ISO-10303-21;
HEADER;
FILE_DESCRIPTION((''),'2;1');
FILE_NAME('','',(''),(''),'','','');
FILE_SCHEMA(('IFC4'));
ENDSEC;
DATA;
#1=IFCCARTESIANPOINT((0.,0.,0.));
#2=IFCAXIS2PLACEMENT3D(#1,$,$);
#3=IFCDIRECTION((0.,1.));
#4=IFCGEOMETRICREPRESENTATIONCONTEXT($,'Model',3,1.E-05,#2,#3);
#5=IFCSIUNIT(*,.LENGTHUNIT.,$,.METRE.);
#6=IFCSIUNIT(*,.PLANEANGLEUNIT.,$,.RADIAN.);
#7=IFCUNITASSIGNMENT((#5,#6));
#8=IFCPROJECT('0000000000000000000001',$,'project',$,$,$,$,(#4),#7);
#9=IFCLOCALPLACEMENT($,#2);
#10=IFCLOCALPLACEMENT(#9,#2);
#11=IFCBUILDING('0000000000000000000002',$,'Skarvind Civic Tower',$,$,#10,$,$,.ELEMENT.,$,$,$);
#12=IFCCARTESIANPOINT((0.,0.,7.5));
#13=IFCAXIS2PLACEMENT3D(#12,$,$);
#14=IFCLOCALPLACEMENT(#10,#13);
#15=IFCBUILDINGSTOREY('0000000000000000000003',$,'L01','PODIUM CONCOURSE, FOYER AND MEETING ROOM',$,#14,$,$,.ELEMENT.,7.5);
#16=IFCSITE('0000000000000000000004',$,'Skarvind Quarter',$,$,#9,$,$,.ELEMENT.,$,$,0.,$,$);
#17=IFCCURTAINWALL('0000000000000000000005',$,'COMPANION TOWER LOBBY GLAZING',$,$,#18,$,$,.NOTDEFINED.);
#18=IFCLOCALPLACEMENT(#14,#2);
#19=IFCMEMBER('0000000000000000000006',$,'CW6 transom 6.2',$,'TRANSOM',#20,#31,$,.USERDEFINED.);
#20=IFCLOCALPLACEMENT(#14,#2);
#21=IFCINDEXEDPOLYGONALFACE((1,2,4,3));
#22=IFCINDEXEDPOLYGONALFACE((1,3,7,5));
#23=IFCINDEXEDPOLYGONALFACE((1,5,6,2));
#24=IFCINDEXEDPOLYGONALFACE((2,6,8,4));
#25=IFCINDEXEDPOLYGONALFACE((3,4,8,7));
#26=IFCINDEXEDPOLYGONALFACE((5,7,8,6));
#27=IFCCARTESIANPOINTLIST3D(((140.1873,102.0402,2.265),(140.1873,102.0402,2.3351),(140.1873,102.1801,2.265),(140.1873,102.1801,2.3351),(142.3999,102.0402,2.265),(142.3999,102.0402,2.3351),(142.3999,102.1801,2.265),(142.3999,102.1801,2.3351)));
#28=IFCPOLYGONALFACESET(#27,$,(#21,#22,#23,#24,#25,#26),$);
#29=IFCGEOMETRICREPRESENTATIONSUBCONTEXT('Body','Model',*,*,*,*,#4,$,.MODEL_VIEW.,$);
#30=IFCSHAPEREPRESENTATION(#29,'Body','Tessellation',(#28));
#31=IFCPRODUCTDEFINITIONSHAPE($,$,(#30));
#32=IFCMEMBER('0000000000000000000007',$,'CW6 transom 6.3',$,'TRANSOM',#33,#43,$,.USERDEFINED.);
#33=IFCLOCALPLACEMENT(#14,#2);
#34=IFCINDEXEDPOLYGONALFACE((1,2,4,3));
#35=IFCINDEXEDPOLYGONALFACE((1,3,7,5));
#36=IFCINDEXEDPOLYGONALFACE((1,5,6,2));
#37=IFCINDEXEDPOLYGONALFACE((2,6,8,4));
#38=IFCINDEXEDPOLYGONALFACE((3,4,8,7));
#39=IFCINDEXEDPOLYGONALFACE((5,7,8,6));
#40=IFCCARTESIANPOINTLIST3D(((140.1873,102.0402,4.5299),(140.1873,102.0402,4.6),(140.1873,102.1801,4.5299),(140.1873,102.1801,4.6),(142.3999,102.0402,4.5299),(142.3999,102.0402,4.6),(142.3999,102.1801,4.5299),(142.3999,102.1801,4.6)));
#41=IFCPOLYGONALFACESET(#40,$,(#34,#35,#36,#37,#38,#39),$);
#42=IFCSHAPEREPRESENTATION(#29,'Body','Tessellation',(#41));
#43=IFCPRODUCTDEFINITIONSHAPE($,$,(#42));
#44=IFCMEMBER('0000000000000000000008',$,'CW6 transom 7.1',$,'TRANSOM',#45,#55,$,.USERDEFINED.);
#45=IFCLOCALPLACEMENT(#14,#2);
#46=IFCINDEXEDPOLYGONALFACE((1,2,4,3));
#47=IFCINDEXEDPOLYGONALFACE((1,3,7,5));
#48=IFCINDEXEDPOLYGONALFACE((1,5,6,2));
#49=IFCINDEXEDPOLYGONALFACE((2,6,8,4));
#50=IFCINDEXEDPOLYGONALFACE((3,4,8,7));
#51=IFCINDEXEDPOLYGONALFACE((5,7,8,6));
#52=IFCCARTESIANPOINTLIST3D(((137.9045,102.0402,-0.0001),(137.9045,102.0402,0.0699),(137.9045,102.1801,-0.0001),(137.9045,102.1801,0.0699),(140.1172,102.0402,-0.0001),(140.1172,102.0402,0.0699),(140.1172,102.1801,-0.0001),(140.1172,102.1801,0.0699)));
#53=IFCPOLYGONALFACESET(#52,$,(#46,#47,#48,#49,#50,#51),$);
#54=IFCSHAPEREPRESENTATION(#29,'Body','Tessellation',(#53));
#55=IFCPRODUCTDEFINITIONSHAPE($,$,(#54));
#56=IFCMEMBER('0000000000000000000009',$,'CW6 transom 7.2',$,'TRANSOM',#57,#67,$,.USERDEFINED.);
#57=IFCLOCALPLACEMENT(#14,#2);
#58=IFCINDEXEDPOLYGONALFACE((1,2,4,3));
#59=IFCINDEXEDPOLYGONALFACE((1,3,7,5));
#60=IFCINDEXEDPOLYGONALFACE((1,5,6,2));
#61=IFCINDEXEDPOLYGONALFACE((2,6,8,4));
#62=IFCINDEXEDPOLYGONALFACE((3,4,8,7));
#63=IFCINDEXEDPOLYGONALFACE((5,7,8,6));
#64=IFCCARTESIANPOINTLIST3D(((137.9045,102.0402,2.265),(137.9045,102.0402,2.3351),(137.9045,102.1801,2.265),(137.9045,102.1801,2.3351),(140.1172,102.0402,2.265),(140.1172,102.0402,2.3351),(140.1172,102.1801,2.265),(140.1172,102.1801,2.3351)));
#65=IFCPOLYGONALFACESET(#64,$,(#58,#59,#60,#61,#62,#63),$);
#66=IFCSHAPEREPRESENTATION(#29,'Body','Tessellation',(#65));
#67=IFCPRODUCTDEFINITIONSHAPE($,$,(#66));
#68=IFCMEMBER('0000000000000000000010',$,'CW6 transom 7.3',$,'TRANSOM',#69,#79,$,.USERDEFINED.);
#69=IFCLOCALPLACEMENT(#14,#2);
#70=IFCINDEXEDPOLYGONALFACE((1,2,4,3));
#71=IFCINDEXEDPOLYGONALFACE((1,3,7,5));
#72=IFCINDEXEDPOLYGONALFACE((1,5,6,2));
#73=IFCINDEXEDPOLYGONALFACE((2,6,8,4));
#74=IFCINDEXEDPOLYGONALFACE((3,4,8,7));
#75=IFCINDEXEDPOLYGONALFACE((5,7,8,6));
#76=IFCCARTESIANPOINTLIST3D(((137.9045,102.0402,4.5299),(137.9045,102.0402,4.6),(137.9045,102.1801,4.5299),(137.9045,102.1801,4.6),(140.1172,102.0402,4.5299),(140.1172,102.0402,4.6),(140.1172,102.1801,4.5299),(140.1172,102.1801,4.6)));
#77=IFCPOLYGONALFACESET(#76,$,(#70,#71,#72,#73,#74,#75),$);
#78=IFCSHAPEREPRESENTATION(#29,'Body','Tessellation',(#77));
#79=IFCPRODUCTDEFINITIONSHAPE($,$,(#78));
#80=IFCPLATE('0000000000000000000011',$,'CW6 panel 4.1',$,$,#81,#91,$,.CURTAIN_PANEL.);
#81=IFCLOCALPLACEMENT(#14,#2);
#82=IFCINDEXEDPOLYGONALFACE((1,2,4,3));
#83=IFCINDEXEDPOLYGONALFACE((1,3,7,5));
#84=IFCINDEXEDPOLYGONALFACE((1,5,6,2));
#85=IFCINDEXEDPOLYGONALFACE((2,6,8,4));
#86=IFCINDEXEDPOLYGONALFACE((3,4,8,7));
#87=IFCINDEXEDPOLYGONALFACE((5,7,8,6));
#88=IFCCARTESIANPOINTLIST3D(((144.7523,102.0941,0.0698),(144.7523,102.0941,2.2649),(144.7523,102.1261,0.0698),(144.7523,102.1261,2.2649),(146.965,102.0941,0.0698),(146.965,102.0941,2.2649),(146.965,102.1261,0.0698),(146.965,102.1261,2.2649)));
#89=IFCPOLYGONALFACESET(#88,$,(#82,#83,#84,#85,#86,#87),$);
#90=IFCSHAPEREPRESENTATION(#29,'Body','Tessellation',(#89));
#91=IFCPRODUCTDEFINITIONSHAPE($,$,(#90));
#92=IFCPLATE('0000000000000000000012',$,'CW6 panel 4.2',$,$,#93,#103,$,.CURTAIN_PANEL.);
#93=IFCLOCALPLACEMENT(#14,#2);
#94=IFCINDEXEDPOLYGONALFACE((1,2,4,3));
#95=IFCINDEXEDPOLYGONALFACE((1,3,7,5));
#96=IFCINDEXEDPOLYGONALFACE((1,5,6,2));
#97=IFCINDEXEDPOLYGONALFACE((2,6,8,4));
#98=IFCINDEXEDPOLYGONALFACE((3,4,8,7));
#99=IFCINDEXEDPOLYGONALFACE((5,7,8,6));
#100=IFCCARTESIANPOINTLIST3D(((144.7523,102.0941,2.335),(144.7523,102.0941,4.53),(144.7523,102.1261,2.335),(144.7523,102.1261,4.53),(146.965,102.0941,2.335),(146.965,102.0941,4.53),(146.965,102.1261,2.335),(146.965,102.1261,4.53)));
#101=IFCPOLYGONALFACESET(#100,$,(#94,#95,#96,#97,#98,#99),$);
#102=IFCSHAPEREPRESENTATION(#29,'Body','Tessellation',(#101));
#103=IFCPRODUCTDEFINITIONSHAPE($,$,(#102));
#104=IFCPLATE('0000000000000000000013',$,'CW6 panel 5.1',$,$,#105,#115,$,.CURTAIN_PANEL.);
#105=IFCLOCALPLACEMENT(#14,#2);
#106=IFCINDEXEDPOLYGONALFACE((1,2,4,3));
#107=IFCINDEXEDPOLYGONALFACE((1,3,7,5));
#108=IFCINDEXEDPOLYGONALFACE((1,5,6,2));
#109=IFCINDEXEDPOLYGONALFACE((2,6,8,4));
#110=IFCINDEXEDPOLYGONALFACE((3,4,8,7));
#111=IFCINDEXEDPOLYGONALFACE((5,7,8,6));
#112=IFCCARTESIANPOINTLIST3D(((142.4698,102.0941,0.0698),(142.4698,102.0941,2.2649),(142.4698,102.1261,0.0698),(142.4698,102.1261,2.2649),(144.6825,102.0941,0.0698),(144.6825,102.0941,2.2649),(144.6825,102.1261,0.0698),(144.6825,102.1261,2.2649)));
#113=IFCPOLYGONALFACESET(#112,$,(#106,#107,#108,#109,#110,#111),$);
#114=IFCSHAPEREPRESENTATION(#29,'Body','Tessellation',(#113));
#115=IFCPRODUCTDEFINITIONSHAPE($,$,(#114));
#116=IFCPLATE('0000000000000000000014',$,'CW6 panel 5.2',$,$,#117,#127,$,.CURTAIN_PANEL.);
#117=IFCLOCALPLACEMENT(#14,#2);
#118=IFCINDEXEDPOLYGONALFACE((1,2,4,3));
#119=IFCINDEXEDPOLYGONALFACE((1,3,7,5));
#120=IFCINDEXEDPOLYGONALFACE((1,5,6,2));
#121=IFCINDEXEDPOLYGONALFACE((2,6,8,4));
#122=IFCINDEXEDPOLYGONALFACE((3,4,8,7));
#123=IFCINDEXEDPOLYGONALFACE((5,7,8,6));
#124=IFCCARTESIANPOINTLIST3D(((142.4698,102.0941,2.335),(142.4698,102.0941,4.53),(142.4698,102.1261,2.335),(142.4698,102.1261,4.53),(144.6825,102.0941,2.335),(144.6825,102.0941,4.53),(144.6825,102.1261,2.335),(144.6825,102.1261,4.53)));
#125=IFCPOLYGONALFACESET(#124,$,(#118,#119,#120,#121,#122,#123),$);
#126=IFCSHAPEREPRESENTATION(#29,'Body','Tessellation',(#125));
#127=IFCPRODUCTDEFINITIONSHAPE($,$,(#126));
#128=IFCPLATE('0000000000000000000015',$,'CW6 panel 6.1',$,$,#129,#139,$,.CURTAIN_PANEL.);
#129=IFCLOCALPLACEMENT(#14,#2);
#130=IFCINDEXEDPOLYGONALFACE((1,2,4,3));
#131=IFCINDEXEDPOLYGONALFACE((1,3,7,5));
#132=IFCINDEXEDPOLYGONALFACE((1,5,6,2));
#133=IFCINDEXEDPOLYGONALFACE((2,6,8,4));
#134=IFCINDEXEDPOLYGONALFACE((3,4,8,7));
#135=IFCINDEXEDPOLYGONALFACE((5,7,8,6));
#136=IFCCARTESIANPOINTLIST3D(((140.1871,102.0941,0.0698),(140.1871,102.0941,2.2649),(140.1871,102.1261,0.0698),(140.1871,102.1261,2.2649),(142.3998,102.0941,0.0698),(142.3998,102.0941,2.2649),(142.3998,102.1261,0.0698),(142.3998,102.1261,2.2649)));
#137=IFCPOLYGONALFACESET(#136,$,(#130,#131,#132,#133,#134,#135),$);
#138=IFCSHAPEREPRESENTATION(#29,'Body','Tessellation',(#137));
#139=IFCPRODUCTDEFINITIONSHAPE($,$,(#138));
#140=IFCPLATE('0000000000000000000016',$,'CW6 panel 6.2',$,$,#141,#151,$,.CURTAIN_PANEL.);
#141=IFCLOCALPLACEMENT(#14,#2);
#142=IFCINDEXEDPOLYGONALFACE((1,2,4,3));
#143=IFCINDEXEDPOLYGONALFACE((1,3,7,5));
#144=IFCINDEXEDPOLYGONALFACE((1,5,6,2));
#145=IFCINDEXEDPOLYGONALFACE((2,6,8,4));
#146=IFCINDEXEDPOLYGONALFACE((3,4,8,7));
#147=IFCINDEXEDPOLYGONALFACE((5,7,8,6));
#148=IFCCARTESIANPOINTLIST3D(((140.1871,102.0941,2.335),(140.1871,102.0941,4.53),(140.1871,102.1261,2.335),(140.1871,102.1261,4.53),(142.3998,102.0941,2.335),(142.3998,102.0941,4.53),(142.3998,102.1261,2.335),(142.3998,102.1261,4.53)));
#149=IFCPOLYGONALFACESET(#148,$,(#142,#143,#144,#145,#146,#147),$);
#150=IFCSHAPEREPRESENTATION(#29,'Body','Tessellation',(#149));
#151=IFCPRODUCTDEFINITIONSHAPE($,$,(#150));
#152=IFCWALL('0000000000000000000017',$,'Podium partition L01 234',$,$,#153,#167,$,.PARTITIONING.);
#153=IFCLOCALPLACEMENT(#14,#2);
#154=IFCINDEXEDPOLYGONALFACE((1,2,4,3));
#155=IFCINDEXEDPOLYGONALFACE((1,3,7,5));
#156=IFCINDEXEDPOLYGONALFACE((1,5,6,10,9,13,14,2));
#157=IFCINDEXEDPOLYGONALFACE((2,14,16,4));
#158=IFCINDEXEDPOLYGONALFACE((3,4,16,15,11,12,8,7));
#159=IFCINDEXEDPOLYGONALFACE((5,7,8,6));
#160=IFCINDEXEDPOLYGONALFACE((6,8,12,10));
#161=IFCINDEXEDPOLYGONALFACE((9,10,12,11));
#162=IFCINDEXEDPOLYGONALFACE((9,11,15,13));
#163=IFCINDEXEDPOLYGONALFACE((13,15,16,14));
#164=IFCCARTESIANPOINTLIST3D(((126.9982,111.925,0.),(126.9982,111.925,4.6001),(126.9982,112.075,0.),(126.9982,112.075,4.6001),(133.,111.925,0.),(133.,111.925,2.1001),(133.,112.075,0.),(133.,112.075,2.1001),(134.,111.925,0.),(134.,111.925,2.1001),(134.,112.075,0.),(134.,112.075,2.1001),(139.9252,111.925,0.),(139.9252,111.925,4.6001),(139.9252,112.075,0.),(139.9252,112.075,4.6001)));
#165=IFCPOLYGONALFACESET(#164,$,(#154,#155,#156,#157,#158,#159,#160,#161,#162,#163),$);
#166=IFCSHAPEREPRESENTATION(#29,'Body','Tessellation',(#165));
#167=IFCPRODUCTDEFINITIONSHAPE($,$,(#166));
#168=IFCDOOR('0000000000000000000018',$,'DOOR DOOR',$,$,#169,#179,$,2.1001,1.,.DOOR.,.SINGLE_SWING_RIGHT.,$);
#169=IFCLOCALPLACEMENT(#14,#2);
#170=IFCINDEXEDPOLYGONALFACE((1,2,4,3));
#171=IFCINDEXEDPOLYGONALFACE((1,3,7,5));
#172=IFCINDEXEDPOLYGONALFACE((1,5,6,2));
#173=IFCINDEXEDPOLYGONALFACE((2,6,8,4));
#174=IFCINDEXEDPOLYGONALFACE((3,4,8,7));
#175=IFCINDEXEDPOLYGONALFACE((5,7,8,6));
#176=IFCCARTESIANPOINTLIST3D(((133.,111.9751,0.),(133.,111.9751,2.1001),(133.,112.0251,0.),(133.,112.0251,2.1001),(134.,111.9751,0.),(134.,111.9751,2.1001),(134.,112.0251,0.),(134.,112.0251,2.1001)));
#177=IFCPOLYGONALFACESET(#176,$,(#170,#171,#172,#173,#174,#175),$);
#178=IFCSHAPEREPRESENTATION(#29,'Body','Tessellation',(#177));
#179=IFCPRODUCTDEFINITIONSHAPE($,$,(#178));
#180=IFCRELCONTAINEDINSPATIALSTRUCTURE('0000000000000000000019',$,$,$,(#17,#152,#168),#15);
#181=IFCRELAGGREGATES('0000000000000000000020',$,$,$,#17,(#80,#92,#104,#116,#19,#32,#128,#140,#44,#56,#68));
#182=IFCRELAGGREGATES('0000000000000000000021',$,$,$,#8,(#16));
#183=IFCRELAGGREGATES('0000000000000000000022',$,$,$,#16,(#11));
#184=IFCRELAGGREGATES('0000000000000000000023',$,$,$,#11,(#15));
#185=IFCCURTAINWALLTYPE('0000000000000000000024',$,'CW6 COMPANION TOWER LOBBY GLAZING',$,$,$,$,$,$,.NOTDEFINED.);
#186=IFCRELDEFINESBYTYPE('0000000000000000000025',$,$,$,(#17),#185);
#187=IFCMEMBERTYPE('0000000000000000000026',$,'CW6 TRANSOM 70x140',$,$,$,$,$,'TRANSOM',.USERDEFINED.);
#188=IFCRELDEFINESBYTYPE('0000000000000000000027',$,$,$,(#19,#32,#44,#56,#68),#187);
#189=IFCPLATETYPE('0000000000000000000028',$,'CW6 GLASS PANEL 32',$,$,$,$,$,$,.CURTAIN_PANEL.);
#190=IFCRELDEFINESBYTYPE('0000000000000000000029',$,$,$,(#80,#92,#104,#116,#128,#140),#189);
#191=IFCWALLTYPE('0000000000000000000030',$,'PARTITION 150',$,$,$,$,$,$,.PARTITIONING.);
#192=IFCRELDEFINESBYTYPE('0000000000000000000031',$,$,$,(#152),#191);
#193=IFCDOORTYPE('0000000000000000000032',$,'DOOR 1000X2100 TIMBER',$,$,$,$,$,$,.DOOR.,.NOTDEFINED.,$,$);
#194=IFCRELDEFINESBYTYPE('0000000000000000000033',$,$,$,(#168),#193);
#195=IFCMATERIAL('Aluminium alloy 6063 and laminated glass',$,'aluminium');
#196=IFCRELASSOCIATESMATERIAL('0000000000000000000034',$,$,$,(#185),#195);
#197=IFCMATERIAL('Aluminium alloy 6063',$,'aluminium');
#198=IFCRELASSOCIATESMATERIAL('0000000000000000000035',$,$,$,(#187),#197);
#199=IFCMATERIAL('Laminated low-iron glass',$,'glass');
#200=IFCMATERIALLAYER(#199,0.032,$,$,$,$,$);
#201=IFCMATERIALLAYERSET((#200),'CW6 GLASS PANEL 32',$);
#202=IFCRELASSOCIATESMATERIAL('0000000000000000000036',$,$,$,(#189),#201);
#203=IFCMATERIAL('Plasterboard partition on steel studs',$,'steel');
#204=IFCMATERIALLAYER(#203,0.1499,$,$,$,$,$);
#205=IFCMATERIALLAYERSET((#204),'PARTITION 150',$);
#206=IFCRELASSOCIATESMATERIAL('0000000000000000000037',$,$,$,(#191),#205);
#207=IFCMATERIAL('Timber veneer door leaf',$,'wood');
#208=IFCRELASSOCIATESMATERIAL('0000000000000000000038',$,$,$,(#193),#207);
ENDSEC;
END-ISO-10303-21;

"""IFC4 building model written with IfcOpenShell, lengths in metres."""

from ifc_helpers import new_model, si_unit, direction, frame, frame_2d, origin, origin_2d, place, context, subcontext, project, spatial, rectangle, extrude, material, layer, layer_set, material_profile, profile_set, type_object, element, fill, aggregate, save


model = new_model("IFC4")

# Units and contexts
model_context = context("Model", 3, precision=1e-05, world=origin(), true_north=direction((0.0, 1.0)))
body_context = subcontext(model_context, "Body", "Model", "MODEL_VIEW")
ifc_project = project(units=[si_unit("LENGTHUNIT", "METRE"), si_unit("PLANEANGLEUNIT", "RADIAN")], contexts=[model_context])

# Site, building, storey
site_placement = place(None, origin())
site = spatial("IfcSite", under=ifc_project, at=site_placement, Name="Skarvind Quarter", CompositionType="ELEMENT", RefElevation=0.0)
building_placement = place(site_placement, origin())
building = spatial("IfcBuilding", under=site, at=building_placement, Name="Skarvind Civic Tower", CompositionType="ELEMENT")
storey_placement = place(building_placement, frame((0.0, 0.0, 7.5)))
storey = spatial("IfcBuildingStorey", under=building, at=storey_placement, Name="L01", Description="PODIUM CONCOURSE, FOYER AND MEETING ROOM", CompositionType="ELEMENT", Elevation=7.5)

# Curtain wall, members, plates
ifc_material_1 = material(Name="Aluminium alloy 6063 and laminated glass", Category="aluminium")
curtain_wall_type = type_object("IfcCurtainWallType", Name="CW6 COMPANION TOWER LOBBY GLAZING", PredefinedType="NOTDEFINED", material=ifc_material_1)
curtain_wall_placement = place(storey_placement, origin())
curtain_wall = element("IfcCurtainWall", 1, at=curtain_wall_placement, inside=storey, type_object=curtain_wall_type, Name="COMPANION TOWER LOBBY GLAZING", PredefinedType="NOTDEFINED")
ifc_material_2 = material(Name="Aluminium alloy 6063", Category="aluminium")
ifc_material_profile_1 = material_profile(ifc_material_2, rectangle(XDim=0.1399, YDim=0.0701, at=origin_2d()), Name="AL 70x140")
ifc_profile_set_1 = profile_set([ifc_material_profile_1], Name="Aluminium alloy 6063")
member_type_1 = type_object("IfcMemberType", Name="CW6 TRANSOM 70x140", ElementType="TRANSOM", PredefinedType="USERDEFINED", material=ifc_profile_set_1)
member_1_placement = place(storey_placement, frame((142.3999, 102.1101, 2.3), z_axis=(-1.0, 0.0, 0.0), x_axis=(0.0, -1.0, 0.0)))
member_1 = element("IfcMember", 2, at=member_1_placement, type_object=member_type_1, Name="CW6 transom 6.2", ObjectType="TRANSOM", PredefinedType="USERDEFINED", context=body_context, shape_type="SweptSolid", body=[
    extrude(rectangle(XDim=0.1399, YDim=0.0701, at=origin_2d()), origin(), (0.0, 0.0, 1.0), 2.2126),
])
member_2_placement = place(storey_placement, frame((142.3999, 102.1101, 4.5649), z_axis=(-1.0, 0.0, 0.0), x_axis=(0.0, -1.0, 0.0)))
member_2 = element("IfcMember", 3, at=member_2_placement, type_object=member_type_1, Name="CW6 transom 6.3", ObjectType="TRANSOM", PredefinedType="USERDEFINED", context=body_context, shape_type="SweptSolid", body=[
    extrude(rectangle(XDim=0.1399, YDim=0.0701, at=origin_2d()), origin(), (0.0, 0.0, 1.0), 2.2126),
])
member_3_placement = place(storey_placement, frame((140.1172, 102.1101, 0.0349), z_axis=(-1.0, 0.0, 0.0), x_axis=(0.0, -1.0, 0.0)))
member_3 = element("IfcMember", 4, at=member_3_placement, type_object=member_type_1, Name="CW6 transom 7.1", ObjectType="TRANSOM", PredefinedType="USERDEFINED", context=body_context, shape_type="SweptSolid", body=[
    extrude(rectangle(XDim=0.1399, YDim=0.0701, at=origin_2d()), origin(), (0.0, 0.0, 1.0), 2.2126),
])
member_4_placement = place(storey_placement, frame((140.1172, 102.1101, 2.3), z_axis=(-1.0, 0.0, 0.0), x_axis=(0.0, -1.0, 0.0)))
member_4 = element("IfcMember", 5, at=member_4_placement, type_object=member_type_1, Name="CW6 transom 7.2", ObjectType="TRANSOM", PredefinedType="USERDEFINED", context=body_context, shape_type="SweptSolid", body=[
    extrude(rectangle(XDim=0.1399, YDim=0.0701, at=origin_2d()), origin(), (0.0, 0.0, 1.0), 2.2126),
])
member_5_placement = place(storey_placement, frame((140.1172, 102.1101, 4.5649), z_axis=(-1.0, 0.0, 0.0), x_axis=(0.0, -1.0, 0.0)))
member_5 = element("IfcMember", 6, at=member_5_placement, type_object=member_type_1, Name="CW6 transom 7.3", ObjectType="TRANSOM", PredefinedType="USERDEFINED", context=body_context, shape_type="SweptSolid", body=[
    extrude(rectangle(XDim=0.1399, YDim=0.0701, at=origin_2d()), origin(), (0.0, 0.0, 1.0), 2.2126),
])
ifc_material_3 = material(Name="Laminated low-iron glass", Category="glass")
ifc_layer_1 = layer(ifc_material_3, 0.032)
ifc_layer_set_1 = layer_set([ifc_layer_1], Name="CW6 GLASS PANEL 32")
plate_type = type_object("IfcPlateType", Name="CW6 GLASS PANEL 32", PredefinedType="CURTAIN_PANEL", material=ifc_layer_set_1)
plate_1_placement = place(storey_placement, frame((145.8586, 102.1101, 0.0698), z_axis=(0.0, 0.0, 1.0), x_axis=(-1.0, 0.0, 0.0)))
plate_1 = element("IfcPlate", 7, at=plate_1_placement, type_object=plate_type, Name="CW6 panel 4.1", PredefinedType="CURTAIN_PANEL", context=body_context, shape_type="SweptSolid", body=[
    extrude(rectangle(XDim=2.2126, YDim=0.032, at=origin_2d()), origin(), (0.0, 0.0, 1.0), 2.1951),
])
plate_2_placement = place(storey_placement, frame((145.8586, 102.1101, 2.335), z_axis=(0.0, 0.0, 1.0), x_axis=(-1.0, 0.0, 0.0)))
plate_2 = element("IfcPlate", 8, at=plate_2_placement, type_object=plate_type, Name="CW6 panel 4.2", PredefinedType="CURTAIN_PANEL", context=body_context, shape_type="SweptSolid", body=[
    extrude(rectangle(XDim=2.2126, YDim=0.032, at=origin_2d()), origin(), (0.0, 0.0, 1.0), 2.1951),
])
plate_3_placement = place(storey_placement, frame((143.5762, 102.1101, 0.0698), z_axis=(0.0, 0.0, 1.0), x_axis=(-1.0, 0.0, 0.0)))
plate_3 = element("IfcPlate", 9, at=plate_3_placement, type_object=plate_type, Name="CW6 panel 5.1", PredefinedType="CURTAIN_PANEL", context=body_context, shape_type="SweptSolid", body=[
    extrude(rectangle(XDim=2.2126, YDim=0.032, at=origin_2d()), origin(), (0.0, 0.0, 1.0), 2.1951),
])
plate_4_placement = place(storey_placement, frame((143.5762, 102.1101, 2.335), z_axis=(0.0, 0.0, 1.0), x_axis=(-1.0, 0.0, 0.0)))
plate_4 = element("IfcPlate", 10, at=plate_4_placement, type_object=plate_type, Name="CW6 panel 5.2", PredefinedType="CURTAIN_PANEL", context=body_context, shape_type="SweptSolid", body=[
    extrude(rectangle(XDim=2.2126, YDim=0.032, at=origin_2d()), origin(), (0.0, 0.0, 1.0), 2.1951),
])
plate_5_placement = place(storey_placement, frame((141.2935, 102.1101, 0.0698), z_axis=(0.0, 0.0, 1.0), x_axis=(-1.0, 0.0, 0.0)))
plate_5 = element("IfcPlate", 11, at=plate_5_placement, type_object=plate_type, Name="CW6 panel 6.1", PredefinedType="CURTAIN_PANEL", context=body_context, shape_type="SweptSolid", body=[
    extrude(rectangle(XDim=2.2126, YDim=0.032, at=origin_2d()), origin(), (0.0, 0.0, 1.0), 2.1951),
])
plate_6_placement = place(storey_placement, frame((141.2935, 102.1101, 2.335), z_axis=(0.0, 0.0, 1.0), x_axis=(-1.0, 0.0, 0.0)))
plate_6 = element("IfcPlate", 12, at=plate_6_placement, type_object=plate_type, Name="CW6 panel 6.2", PredefinedType="CURTAIN_PANEL", context=body_context, shape_type="SweptSolid", body=[
    extrude(rectangle(XDim=2.2126, YDim=0.032, at=origin_2d()), origin(), (0.0, 0.0, 1.0), 2.1951),
])
aggregate(curtain_wall, [plate_1, plate_2, plate_3, plate_4, member_1, member_2, plate_5, plate_6, member_3, member_4, member_5])

# Wall, opening, door
ifc_material_4 = material(Name="Plasterboard partition on steel studs", Category="steel")
ifc_layer_2 = layer(ifc_material_4, 0.1499)
ifc_layer_set_2 = layer_set([ifc_layer_2], Name="PARTITION 150")
wall_type = type_object("IfcWallType", Name="PARTITION 150", PredefinedType="PARTITIONING", material=ifc_layer_set_2)
wall_1_placement = place(storey_placement, frame((139.925, 112.0, 0.0), z_axis=(0.0, 0.0, 1.0), x_axis=(-1.0, 0.0, 0.0)))
wall_1 = element("IfcWall", 13, at=wall_1_placement, inside=storey, type_object=wall_type, Name="Podium partition L01 234", PredefinedType="PARTITIONING", context=body_context, shape_type="SweptSolid", body=[
    extrude(rectangle(XDim=12.927, YDim=0.1499, at=frame_2d((6.4634, 0.0))), origin(), (0.0, 0.0, 1.0), 4.6001),
])
opening_1_placement = place(wall_1_placement, frame((5.925, 0.0, 0.0)))
opening_1 = element("IfcOpeningElement", 14, at=opening_1_placement, cuts=wall_1, PredefinedType="OPENING", context=body_context, shape_type="SweptSolid", body=[
    extrude(rectangle(XDim=1.0, YDim=2.1001, at=frame_2d((0.5, 1.05))), frame((0.0, 0.085, 0.0), z_axis=(0.0, -1.0, 0.0), x_axis=(1.0, 0.0, 0.0)), (0.0, 0.0, 1.0), 0.1699),
])
ifc_material_5 = material(Name="Timber veneer door leaf", Category="wood")
door_type_1 = type_object("IfcDoorType", Name="DOOR 1000X2100 TIMBER", OperationType="NOTDEFINED", PredefinedType="DOOR", material=ifc_material_5)
door_1_placement = place(opening_1_placement, origin())
door_1 = element("IfcDoor", 15, at=door_1_placement, inside=storey, type_object=door_type_1, Name="DOOR DOOR", OperationType="SINGLE_SWING_RIGHT", OverallHeight=2.1001, OverallWidth=1.0, PredefinedType="DOOR", context=body_context, shape_type="SweptSolid", body=[
    extrude(rectangle(XDim=1.0, YDim=2.1001, at=frame_2d((0.5, 1.05))), frame((0.0, 0.0249, 0.0), z_axis=(0.0, -1.0, 0.0), x_axis=(1.0, 0.0, 0.0)), (0.0, 0.0, 1.0), 0.05),
])
fill(opening_1, door_1)

save(model, "model.ifc")
